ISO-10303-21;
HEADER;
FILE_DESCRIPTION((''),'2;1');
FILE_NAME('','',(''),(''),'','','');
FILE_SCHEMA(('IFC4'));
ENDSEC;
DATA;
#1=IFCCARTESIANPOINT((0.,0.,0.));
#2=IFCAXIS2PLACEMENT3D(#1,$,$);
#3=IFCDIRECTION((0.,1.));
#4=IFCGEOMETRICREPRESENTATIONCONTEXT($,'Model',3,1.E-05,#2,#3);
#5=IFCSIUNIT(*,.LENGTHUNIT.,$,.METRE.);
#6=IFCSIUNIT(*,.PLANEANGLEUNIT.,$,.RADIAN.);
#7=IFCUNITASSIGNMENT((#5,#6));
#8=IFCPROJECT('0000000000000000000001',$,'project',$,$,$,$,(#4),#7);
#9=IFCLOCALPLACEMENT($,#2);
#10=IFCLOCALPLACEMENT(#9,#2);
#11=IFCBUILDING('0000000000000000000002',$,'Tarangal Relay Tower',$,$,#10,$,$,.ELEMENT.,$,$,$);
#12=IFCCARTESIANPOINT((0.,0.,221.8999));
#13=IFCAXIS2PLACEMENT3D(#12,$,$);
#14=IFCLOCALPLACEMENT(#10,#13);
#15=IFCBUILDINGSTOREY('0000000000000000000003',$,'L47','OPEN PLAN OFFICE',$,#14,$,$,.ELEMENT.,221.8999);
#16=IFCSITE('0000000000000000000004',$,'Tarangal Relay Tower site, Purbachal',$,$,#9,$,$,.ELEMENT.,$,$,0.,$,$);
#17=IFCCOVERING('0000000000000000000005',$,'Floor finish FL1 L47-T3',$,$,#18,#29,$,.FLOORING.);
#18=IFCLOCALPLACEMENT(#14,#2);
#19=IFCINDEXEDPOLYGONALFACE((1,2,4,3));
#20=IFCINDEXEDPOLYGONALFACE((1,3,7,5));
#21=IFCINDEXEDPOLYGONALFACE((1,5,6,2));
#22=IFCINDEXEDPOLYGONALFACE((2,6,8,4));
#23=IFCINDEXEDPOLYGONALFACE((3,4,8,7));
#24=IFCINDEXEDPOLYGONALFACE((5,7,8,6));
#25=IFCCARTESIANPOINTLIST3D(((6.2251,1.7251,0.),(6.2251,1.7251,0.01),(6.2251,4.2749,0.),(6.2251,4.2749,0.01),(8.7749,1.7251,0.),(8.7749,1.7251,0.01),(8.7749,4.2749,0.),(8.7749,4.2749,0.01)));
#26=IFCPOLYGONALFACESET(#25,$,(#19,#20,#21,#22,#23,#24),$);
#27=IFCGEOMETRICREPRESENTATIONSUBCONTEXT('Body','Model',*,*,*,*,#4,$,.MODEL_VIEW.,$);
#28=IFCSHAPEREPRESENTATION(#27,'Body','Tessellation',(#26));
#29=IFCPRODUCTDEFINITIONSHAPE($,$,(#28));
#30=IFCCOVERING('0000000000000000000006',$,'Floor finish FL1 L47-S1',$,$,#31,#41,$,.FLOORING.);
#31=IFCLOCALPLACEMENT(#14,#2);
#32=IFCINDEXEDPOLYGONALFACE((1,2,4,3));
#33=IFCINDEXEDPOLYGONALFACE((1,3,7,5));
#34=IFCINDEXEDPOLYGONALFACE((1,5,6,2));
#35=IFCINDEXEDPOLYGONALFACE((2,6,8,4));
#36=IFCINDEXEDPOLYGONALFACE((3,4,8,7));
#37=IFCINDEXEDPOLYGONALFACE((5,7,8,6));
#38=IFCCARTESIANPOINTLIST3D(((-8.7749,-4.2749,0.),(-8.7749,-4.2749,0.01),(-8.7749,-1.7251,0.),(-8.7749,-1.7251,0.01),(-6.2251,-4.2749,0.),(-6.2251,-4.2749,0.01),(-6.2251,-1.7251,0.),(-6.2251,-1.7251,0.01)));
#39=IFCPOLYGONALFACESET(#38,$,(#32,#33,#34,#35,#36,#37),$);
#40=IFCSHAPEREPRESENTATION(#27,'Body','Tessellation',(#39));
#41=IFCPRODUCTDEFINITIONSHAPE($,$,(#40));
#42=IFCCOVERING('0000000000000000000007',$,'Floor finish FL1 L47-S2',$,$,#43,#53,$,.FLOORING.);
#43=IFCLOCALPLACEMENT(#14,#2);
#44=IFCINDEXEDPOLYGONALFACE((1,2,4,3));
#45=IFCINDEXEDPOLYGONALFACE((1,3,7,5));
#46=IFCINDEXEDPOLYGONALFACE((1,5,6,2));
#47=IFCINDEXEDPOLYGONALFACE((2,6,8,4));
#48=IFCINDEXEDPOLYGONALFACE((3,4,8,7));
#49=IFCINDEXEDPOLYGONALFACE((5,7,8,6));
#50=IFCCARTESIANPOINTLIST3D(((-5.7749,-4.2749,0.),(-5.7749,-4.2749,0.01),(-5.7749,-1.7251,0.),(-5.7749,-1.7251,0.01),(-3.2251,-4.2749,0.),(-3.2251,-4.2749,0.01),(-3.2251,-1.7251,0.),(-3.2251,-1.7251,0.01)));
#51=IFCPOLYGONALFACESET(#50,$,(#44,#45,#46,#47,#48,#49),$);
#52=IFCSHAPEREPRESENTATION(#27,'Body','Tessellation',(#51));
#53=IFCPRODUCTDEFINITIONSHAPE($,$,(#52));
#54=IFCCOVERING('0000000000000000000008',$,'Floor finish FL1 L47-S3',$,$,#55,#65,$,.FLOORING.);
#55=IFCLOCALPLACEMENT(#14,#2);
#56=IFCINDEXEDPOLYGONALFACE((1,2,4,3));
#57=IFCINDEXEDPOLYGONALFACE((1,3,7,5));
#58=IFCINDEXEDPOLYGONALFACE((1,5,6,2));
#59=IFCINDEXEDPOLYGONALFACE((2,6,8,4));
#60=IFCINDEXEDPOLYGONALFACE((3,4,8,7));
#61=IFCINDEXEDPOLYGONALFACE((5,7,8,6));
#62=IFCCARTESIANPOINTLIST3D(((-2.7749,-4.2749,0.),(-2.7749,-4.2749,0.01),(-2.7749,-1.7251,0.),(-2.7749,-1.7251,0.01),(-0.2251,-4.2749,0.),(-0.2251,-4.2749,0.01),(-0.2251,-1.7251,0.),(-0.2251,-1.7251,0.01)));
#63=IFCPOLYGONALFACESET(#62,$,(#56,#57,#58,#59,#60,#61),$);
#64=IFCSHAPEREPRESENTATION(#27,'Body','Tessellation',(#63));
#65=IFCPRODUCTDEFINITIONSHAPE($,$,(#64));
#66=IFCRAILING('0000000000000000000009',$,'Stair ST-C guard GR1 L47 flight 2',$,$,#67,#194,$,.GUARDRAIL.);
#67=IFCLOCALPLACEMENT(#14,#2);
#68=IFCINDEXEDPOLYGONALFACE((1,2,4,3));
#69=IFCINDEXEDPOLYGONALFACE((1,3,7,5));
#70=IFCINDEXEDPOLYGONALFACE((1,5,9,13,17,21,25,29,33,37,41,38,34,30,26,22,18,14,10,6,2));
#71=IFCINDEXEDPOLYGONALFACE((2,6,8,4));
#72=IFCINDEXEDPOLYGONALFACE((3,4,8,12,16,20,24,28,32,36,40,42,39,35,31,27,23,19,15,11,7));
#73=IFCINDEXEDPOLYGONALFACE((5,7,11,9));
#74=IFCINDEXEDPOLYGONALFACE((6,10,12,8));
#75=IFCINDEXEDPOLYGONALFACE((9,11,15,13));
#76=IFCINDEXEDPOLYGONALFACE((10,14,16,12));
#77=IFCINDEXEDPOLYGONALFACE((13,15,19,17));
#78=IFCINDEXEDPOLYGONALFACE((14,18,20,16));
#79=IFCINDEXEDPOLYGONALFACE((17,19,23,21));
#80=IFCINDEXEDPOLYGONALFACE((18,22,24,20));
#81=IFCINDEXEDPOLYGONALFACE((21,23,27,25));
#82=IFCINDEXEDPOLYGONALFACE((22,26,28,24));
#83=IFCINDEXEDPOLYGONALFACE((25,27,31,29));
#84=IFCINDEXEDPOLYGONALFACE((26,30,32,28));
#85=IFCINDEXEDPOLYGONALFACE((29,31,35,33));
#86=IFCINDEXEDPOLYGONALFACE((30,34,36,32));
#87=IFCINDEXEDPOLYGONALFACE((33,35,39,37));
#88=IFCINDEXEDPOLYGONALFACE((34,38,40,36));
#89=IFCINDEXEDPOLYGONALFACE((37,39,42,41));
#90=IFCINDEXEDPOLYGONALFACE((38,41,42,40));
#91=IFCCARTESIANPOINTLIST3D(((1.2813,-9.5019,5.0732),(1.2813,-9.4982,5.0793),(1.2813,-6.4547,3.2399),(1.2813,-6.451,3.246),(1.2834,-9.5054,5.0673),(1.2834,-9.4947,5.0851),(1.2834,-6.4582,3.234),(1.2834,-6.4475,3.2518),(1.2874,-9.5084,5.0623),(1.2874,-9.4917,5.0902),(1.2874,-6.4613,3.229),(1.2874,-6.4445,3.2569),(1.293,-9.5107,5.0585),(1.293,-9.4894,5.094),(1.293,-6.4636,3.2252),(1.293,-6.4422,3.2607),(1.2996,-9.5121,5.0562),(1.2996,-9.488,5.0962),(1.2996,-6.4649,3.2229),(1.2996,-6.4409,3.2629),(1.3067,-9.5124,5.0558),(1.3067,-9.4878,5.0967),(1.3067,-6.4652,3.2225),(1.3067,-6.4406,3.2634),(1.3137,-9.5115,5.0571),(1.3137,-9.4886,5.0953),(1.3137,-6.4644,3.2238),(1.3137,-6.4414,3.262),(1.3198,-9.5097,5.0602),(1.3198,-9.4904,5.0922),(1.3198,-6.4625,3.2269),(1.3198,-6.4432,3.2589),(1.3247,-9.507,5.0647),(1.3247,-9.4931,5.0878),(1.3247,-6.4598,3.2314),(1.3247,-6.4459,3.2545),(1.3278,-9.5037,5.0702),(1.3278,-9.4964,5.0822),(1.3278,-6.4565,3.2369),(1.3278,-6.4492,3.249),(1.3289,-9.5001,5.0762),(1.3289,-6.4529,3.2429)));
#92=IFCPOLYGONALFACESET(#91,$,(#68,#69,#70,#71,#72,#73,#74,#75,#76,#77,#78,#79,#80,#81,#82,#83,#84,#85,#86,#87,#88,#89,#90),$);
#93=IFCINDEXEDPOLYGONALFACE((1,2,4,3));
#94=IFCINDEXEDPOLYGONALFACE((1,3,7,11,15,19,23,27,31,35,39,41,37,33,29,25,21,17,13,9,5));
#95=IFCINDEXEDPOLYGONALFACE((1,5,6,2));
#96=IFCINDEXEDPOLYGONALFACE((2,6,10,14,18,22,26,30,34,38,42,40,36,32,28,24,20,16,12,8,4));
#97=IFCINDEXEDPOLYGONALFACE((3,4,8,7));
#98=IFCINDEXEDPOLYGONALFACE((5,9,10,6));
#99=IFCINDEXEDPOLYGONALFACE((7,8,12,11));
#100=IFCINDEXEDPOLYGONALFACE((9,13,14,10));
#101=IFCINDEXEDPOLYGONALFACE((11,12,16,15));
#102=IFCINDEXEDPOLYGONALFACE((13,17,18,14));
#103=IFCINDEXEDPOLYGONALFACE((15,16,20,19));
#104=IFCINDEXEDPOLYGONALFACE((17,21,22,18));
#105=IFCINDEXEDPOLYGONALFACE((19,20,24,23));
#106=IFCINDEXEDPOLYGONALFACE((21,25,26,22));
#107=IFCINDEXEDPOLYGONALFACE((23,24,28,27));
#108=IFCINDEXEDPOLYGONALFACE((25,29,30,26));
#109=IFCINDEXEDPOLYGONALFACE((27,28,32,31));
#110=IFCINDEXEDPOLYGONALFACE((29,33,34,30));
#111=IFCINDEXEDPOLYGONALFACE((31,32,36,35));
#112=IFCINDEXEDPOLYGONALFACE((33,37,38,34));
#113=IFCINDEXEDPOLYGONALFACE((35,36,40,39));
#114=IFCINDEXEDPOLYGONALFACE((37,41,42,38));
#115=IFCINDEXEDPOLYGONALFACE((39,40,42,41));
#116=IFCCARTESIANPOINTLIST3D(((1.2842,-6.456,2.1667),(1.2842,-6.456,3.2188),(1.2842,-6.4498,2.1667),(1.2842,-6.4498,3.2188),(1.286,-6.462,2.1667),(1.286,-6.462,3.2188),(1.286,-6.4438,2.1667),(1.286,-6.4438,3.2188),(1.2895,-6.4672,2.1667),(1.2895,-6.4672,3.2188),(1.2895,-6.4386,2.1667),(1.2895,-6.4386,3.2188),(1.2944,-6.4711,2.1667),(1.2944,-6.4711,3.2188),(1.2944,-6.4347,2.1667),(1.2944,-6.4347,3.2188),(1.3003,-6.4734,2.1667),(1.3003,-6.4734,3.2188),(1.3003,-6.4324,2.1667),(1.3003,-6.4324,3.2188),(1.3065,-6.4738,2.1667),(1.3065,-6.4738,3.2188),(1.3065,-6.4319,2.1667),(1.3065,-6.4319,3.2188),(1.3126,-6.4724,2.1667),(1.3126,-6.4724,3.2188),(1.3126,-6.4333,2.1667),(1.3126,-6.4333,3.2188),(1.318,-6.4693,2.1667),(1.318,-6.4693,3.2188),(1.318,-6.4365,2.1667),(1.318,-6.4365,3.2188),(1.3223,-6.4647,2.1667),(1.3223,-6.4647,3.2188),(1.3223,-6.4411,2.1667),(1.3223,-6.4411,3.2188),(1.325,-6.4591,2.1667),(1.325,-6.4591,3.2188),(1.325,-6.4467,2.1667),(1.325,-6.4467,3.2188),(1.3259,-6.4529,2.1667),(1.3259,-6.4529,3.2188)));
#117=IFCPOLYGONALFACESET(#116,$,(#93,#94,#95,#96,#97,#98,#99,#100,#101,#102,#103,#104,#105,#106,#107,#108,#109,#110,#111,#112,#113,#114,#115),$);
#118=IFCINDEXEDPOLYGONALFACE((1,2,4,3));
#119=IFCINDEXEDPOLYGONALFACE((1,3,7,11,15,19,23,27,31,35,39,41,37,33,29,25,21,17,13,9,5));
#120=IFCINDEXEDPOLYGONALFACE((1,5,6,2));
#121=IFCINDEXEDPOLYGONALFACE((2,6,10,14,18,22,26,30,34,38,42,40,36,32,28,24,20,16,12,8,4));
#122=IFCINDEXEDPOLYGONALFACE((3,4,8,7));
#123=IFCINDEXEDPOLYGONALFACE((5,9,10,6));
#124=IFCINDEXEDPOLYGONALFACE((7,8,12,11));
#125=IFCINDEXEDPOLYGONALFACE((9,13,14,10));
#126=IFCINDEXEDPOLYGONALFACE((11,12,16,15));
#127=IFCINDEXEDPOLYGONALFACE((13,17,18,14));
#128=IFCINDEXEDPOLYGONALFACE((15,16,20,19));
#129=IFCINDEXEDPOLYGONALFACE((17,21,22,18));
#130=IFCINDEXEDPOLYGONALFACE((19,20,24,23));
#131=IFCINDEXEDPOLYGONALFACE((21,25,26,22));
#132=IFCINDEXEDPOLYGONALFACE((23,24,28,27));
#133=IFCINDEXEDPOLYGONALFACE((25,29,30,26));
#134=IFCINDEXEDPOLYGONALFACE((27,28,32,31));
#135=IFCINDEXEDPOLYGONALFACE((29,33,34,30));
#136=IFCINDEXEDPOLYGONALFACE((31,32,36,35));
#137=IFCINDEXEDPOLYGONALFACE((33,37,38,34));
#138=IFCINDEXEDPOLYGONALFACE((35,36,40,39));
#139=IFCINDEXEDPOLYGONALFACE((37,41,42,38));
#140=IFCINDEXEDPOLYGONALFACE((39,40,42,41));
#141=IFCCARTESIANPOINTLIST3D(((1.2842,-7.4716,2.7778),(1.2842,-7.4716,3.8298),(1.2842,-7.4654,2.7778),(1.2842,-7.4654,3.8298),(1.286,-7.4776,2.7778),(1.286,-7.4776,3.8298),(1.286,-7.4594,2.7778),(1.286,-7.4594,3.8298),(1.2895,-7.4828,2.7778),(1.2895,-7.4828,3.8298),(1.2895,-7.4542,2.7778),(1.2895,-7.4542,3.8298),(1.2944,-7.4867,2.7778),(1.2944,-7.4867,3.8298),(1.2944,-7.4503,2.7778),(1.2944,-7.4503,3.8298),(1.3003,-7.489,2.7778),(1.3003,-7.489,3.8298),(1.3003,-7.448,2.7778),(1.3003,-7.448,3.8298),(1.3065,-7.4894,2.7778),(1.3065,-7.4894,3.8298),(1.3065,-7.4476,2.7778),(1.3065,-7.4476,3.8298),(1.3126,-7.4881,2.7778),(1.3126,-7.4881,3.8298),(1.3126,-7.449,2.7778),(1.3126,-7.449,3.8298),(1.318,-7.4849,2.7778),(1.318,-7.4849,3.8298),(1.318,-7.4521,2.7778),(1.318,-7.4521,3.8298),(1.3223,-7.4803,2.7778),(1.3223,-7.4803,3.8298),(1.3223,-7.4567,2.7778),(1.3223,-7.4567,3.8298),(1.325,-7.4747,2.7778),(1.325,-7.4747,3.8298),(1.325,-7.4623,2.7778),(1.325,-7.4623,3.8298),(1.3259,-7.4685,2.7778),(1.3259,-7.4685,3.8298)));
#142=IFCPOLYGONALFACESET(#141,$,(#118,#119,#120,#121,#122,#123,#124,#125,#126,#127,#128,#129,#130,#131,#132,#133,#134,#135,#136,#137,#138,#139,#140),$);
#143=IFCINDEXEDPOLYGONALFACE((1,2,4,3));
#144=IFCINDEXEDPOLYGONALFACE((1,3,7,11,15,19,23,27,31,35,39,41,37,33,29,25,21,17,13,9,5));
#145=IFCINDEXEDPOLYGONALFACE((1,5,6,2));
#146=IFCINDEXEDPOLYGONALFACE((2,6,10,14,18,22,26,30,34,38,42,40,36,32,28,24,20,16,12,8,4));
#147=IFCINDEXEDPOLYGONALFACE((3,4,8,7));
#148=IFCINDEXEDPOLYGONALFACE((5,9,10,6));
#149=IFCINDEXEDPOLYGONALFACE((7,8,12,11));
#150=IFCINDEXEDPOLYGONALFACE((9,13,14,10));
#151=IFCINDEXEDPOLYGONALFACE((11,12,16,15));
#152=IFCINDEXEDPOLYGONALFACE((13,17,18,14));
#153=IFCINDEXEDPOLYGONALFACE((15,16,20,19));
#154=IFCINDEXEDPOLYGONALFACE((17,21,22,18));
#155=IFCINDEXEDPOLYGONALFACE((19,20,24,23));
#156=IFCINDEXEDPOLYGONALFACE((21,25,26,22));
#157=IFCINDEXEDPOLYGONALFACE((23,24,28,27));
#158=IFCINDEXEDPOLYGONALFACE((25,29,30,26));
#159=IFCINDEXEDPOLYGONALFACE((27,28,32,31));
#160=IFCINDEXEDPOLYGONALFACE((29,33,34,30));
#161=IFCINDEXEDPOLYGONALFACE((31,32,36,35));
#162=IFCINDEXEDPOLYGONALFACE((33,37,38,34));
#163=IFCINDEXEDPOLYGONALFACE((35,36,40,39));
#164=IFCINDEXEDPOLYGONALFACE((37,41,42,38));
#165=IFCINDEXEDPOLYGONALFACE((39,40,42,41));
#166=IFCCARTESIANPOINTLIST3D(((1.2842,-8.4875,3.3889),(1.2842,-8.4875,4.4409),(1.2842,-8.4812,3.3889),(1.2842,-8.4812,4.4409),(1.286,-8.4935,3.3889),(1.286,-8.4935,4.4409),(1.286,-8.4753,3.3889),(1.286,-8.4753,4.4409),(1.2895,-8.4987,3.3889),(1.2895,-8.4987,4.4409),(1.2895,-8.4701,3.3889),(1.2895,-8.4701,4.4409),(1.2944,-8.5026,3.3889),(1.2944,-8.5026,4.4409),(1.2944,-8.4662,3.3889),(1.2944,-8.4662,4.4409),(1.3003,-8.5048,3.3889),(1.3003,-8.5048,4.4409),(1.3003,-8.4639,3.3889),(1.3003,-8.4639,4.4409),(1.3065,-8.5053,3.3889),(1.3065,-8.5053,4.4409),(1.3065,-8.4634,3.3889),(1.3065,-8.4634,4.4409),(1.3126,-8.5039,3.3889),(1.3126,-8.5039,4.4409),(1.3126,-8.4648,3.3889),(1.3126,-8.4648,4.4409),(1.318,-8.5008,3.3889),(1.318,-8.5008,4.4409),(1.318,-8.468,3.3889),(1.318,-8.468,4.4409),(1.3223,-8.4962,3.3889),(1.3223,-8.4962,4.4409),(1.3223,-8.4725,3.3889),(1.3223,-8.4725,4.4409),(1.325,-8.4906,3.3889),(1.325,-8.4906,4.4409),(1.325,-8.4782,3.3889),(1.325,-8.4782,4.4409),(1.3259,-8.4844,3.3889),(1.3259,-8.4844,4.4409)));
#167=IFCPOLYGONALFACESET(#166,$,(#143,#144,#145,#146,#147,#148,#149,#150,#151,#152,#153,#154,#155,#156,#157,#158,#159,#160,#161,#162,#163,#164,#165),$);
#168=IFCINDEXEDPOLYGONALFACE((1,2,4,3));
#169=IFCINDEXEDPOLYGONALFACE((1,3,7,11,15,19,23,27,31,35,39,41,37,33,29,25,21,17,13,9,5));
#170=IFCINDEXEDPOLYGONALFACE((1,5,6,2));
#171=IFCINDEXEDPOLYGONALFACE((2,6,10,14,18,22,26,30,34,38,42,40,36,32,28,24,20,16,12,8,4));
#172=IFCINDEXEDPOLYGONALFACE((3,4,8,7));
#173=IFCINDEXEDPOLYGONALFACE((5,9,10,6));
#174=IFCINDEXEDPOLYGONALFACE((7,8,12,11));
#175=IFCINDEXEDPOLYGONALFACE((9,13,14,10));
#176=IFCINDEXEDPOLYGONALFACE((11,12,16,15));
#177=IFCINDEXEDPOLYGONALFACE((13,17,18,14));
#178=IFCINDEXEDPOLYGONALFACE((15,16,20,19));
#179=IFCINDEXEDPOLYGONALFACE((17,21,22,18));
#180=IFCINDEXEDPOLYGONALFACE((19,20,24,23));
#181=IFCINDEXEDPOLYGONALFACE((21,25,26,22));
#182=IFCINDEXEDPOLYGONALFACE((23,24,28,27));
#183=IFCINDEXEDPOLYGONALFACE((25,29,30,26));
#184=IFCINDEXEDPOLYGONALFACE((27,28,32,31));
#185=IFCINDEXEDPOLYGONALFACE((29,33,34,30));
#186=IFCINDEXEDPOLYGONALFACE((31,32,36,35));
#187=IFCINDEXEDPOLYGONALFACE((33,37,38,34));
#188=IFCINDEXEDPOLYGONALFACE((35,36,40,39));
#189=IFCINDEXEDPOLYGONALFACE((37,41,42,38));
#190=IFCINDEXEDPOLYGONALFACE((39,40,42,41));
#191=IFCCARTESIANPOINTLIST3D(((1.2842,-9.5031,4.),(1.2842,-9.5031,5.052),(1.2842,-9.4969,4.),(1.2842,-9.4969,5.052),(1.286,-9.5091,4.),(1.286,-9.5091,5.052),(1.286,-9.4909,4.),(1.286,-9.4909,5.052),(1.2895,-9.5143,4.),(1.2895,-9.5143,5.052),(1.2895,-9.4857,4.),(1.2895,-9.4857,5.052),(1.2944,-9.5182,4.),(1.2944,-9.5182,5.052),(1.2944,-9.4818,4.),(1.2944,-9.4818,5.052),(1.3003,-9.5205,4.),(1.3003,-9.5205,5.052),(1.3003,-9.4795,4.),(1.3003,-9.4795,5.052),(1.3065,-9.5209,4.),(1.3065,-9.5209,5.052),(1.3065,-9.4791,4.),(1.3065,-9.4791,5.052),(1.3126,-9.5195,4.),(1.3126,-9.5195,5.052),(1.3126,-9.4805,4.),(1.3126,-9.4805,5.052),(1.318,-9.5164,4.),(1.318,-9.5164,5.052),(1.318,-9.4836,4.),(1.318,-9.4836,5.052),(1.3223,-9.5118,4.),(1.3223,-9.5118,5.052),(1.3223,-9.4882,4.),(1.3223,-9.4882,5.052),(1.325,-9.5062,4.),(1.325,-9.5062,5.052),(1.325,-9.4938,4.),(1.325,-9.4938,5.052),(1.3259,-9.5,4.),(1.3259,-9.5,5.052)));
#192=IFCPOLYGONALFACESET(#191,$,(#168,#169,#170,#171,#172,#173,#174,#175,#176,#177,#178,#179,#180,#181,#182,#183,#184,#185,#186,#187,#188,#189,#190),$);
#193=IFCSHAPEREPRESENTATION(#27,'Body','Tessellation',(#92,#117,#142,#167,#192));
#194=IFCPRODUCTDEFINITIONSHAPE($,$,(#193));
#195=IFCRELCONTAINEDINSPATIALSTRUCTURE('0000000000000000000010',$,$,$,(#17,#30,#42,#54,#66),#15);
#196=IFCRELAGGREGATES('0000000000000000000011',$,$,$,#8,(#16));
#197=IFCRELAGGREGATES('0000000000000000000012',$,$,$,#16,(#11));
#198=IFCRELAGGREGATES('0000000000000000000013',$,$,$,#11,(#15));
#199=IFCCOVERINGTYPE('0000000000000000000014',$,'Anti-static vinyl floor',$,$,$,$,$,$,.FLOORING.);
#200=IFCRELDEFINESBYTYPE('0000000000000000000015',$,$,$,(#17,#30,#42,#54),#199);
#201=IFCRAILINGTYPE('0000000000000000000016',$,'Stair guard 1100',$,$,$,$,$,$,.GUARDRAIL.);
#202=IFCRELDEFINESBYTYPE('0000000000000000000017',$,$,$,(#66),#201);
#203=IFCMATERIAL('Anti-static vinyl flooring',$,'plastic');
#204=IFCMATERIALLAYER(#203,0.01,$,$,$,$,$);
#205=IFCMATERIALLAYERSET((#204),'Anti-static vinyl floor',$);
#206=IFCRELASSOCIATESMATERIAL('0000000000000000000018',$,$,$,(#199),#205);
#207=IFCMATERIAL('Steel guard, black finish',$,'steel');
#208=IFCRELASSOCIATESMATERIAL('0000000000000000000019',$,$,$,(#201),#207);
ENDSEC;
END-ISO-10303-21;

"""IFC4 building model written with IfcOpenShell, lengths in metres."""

from ifc_helpers import new_model, si_unit, direction, frame, origin, origin_2d, place, context, subcontext, project, spatial, polyline, circle, outline, extrude, material, layer, layer_set, type_object, element, save


model = new_model("IFC4")

# Units and contexts
model_context = context("Model", 3, precision=1e-05, world=origin(), true_north=direction((0.0, 1.0)))
body_context = subcontext(model_context, "Body", "Model", "MODEL_VIEW")
ifc_project = project(units=[si_unit("LENGTHUNIT", "METRE"), si_unit("PLANEANGLEUNIT", "RADIAN")], contexts=[model_context])

# Site, building, storey
site_placement = place(None, origin())
site = spatial("IfcSite", under=ifc_project, at=site_placement, Name="Tarangal Relay Tower site, Purbachal", CompositionType="ELEMENT", RefElevation=0.0)
building_placement = place(site_placement, origin())
building = spatial("IfcBuilding", under=site, at=building_placement, Name="Tarangal Relay Tower", CompositionType="ELEMENT")
storey_placement = place(building_placement, frame((0.0, 0.0, 221.8999)))
storey = spatial("IfcBuildingStorey", under=building, at=storey_placement, Name="L47", Description="OPEN PLAN OFFICE", CompositionType="ELEMENT", Elevation=221.8999)

# Coverings
ifc_material_1 = material(Name="Anti-static vinyl flooring", Category="plastic")
ifc_layer_1 = layer(ifc_material_1, 0.01)
ifc_layer_set_1 = layer_set([ifc_layer_1], Name="Anti-static vinyl floor")
covering_type_1 = type_object("IfcCoveringType", Name="Anti-static vinyl floor", PredefinedType="FLOORING", material=ifc_layer_set_1)
covering_1_placement = place(storey_placement, origin())
element("IfcCovering", 1, at=covering_1_placement, inside=storey, type_object=covering_type_1, Name="Floor finish FL1 L47-T3", PredefinedType="FLOORING", context=body_context, shape_type="SweptSolid", body=[
    extrude(outline(polyline([(6.2251, 1.7251), (8.7749, 1.7251), (8.7749, 4.2749), (6.2251, 4.2749), (6.2251, 1.7251)])), origin(), (0.0, 0.0, 1.0), 0.01),
])
covering_2_placement = place(storey_placement, origin())
element("IfcCovering", 2, at=covering_2_placement, inside=storey, type_object=covering_type_1, Name="Floor finish FL1 L47-S1", PredefinedType="FLOORING", context=body_context, shape_type="SweptSolid", body=[
    extrude(outline(polyline([(-8.7749, -4.2749), (-6.2251, -4.2749), (-6.2251, -1.7251), (-8.7749, -1.7251), (-8.7749, -4.2749)])), origin(), (0.0, 0.0, 1.0), 0.01),
])
covering_3_placement = place(storey_placement, origin())
element("IfcCovering", 3, at=covering_3_placement, inside=storey, type_object=covering_type_1, Name="Floor finish FL1 L47-S2", PredefinedType="FLOORING", context=body_context, shape_type="SweptSolid", body=[
    extrude(outline(polyline([(-5.7749, -4.2749), (-3.2251, -4.2749), (-3.2251, -1.7251), (-5.7749, -1.7251), (-5.7749, -4.2749)])), origin(), (0.0, 0.0, 1.0), 0.01),
])
covering_4_placement = place(storey_placement, origin())
element("IfcCovering", 4, at=covering_4_placement, inside=storey, type_object=covering_type_1, Name="Floor finish FL1 L47-S3", PredefinedType="FLOORING", context=body_context, shape_type="SweptSolid", body=[
    extrude(outline(polyline([(-2.7749, -4.2749), (-0.2251, -4.2749), (-0.2251, -1.7251), (-2.7749, -1.7251), (-2.7749, -4.2749)])), origin(), (0.0, 0.0, 1.0), 0.01),
])

# Railing
ifc_material_2 = material(Name="Steel guard, black finish", Category="steel")
railing_type_1 = type_object("IfcRailingType", Name="Stair guard 1100", PredefinedType="GUARDRAIL", material=ifc_material_2)
railing_1_placement = place(storey_placement, frame((1.3049, -6.4529, 2.1667)))
element("IfcRailing", 5, at=railing_1_placement, inside=storey, type_object=railing_type_1, Name="Stair ST-C guard GR1 L47 flight 2", PredefinedType="GUARDRAIL", context=body_context, shape_type="SweptSolid", body=[
    extrude(circle(Radius=0.0239, at=origin_2d()), frame((0.0, 0.0, 1.0762), z_axis=(0.0, -0.856874, 0.515525), x_axis=(1.0, 0.0, 0.0)), (0.0, 0.0, 1.0), 3.5562),
    extrude(circle(Radius=0.021, at=origin_2d()), origin(), (0.0, 0.0, 1.0), 1.052),
    extrude(circle(Radius=0.021, at=origin_2d()), frame((0.0, -1.0156, 0.6111)), (0.0, 0.0, 1.0), 1.052),
    extrude(circle(Radius=0.021, at=origin_2d()), frame((0.0, -2.0315, 1.2222)), (0.0, 0.0, 1.0), 1.052),
    extrude(circle(Radius=0.021, at=origin_2d()), frame((0.0, -3.0471, 1.8333)), (0.0, 0.0, 1.0), 1.052),
])

save(model, "model.ifc")
